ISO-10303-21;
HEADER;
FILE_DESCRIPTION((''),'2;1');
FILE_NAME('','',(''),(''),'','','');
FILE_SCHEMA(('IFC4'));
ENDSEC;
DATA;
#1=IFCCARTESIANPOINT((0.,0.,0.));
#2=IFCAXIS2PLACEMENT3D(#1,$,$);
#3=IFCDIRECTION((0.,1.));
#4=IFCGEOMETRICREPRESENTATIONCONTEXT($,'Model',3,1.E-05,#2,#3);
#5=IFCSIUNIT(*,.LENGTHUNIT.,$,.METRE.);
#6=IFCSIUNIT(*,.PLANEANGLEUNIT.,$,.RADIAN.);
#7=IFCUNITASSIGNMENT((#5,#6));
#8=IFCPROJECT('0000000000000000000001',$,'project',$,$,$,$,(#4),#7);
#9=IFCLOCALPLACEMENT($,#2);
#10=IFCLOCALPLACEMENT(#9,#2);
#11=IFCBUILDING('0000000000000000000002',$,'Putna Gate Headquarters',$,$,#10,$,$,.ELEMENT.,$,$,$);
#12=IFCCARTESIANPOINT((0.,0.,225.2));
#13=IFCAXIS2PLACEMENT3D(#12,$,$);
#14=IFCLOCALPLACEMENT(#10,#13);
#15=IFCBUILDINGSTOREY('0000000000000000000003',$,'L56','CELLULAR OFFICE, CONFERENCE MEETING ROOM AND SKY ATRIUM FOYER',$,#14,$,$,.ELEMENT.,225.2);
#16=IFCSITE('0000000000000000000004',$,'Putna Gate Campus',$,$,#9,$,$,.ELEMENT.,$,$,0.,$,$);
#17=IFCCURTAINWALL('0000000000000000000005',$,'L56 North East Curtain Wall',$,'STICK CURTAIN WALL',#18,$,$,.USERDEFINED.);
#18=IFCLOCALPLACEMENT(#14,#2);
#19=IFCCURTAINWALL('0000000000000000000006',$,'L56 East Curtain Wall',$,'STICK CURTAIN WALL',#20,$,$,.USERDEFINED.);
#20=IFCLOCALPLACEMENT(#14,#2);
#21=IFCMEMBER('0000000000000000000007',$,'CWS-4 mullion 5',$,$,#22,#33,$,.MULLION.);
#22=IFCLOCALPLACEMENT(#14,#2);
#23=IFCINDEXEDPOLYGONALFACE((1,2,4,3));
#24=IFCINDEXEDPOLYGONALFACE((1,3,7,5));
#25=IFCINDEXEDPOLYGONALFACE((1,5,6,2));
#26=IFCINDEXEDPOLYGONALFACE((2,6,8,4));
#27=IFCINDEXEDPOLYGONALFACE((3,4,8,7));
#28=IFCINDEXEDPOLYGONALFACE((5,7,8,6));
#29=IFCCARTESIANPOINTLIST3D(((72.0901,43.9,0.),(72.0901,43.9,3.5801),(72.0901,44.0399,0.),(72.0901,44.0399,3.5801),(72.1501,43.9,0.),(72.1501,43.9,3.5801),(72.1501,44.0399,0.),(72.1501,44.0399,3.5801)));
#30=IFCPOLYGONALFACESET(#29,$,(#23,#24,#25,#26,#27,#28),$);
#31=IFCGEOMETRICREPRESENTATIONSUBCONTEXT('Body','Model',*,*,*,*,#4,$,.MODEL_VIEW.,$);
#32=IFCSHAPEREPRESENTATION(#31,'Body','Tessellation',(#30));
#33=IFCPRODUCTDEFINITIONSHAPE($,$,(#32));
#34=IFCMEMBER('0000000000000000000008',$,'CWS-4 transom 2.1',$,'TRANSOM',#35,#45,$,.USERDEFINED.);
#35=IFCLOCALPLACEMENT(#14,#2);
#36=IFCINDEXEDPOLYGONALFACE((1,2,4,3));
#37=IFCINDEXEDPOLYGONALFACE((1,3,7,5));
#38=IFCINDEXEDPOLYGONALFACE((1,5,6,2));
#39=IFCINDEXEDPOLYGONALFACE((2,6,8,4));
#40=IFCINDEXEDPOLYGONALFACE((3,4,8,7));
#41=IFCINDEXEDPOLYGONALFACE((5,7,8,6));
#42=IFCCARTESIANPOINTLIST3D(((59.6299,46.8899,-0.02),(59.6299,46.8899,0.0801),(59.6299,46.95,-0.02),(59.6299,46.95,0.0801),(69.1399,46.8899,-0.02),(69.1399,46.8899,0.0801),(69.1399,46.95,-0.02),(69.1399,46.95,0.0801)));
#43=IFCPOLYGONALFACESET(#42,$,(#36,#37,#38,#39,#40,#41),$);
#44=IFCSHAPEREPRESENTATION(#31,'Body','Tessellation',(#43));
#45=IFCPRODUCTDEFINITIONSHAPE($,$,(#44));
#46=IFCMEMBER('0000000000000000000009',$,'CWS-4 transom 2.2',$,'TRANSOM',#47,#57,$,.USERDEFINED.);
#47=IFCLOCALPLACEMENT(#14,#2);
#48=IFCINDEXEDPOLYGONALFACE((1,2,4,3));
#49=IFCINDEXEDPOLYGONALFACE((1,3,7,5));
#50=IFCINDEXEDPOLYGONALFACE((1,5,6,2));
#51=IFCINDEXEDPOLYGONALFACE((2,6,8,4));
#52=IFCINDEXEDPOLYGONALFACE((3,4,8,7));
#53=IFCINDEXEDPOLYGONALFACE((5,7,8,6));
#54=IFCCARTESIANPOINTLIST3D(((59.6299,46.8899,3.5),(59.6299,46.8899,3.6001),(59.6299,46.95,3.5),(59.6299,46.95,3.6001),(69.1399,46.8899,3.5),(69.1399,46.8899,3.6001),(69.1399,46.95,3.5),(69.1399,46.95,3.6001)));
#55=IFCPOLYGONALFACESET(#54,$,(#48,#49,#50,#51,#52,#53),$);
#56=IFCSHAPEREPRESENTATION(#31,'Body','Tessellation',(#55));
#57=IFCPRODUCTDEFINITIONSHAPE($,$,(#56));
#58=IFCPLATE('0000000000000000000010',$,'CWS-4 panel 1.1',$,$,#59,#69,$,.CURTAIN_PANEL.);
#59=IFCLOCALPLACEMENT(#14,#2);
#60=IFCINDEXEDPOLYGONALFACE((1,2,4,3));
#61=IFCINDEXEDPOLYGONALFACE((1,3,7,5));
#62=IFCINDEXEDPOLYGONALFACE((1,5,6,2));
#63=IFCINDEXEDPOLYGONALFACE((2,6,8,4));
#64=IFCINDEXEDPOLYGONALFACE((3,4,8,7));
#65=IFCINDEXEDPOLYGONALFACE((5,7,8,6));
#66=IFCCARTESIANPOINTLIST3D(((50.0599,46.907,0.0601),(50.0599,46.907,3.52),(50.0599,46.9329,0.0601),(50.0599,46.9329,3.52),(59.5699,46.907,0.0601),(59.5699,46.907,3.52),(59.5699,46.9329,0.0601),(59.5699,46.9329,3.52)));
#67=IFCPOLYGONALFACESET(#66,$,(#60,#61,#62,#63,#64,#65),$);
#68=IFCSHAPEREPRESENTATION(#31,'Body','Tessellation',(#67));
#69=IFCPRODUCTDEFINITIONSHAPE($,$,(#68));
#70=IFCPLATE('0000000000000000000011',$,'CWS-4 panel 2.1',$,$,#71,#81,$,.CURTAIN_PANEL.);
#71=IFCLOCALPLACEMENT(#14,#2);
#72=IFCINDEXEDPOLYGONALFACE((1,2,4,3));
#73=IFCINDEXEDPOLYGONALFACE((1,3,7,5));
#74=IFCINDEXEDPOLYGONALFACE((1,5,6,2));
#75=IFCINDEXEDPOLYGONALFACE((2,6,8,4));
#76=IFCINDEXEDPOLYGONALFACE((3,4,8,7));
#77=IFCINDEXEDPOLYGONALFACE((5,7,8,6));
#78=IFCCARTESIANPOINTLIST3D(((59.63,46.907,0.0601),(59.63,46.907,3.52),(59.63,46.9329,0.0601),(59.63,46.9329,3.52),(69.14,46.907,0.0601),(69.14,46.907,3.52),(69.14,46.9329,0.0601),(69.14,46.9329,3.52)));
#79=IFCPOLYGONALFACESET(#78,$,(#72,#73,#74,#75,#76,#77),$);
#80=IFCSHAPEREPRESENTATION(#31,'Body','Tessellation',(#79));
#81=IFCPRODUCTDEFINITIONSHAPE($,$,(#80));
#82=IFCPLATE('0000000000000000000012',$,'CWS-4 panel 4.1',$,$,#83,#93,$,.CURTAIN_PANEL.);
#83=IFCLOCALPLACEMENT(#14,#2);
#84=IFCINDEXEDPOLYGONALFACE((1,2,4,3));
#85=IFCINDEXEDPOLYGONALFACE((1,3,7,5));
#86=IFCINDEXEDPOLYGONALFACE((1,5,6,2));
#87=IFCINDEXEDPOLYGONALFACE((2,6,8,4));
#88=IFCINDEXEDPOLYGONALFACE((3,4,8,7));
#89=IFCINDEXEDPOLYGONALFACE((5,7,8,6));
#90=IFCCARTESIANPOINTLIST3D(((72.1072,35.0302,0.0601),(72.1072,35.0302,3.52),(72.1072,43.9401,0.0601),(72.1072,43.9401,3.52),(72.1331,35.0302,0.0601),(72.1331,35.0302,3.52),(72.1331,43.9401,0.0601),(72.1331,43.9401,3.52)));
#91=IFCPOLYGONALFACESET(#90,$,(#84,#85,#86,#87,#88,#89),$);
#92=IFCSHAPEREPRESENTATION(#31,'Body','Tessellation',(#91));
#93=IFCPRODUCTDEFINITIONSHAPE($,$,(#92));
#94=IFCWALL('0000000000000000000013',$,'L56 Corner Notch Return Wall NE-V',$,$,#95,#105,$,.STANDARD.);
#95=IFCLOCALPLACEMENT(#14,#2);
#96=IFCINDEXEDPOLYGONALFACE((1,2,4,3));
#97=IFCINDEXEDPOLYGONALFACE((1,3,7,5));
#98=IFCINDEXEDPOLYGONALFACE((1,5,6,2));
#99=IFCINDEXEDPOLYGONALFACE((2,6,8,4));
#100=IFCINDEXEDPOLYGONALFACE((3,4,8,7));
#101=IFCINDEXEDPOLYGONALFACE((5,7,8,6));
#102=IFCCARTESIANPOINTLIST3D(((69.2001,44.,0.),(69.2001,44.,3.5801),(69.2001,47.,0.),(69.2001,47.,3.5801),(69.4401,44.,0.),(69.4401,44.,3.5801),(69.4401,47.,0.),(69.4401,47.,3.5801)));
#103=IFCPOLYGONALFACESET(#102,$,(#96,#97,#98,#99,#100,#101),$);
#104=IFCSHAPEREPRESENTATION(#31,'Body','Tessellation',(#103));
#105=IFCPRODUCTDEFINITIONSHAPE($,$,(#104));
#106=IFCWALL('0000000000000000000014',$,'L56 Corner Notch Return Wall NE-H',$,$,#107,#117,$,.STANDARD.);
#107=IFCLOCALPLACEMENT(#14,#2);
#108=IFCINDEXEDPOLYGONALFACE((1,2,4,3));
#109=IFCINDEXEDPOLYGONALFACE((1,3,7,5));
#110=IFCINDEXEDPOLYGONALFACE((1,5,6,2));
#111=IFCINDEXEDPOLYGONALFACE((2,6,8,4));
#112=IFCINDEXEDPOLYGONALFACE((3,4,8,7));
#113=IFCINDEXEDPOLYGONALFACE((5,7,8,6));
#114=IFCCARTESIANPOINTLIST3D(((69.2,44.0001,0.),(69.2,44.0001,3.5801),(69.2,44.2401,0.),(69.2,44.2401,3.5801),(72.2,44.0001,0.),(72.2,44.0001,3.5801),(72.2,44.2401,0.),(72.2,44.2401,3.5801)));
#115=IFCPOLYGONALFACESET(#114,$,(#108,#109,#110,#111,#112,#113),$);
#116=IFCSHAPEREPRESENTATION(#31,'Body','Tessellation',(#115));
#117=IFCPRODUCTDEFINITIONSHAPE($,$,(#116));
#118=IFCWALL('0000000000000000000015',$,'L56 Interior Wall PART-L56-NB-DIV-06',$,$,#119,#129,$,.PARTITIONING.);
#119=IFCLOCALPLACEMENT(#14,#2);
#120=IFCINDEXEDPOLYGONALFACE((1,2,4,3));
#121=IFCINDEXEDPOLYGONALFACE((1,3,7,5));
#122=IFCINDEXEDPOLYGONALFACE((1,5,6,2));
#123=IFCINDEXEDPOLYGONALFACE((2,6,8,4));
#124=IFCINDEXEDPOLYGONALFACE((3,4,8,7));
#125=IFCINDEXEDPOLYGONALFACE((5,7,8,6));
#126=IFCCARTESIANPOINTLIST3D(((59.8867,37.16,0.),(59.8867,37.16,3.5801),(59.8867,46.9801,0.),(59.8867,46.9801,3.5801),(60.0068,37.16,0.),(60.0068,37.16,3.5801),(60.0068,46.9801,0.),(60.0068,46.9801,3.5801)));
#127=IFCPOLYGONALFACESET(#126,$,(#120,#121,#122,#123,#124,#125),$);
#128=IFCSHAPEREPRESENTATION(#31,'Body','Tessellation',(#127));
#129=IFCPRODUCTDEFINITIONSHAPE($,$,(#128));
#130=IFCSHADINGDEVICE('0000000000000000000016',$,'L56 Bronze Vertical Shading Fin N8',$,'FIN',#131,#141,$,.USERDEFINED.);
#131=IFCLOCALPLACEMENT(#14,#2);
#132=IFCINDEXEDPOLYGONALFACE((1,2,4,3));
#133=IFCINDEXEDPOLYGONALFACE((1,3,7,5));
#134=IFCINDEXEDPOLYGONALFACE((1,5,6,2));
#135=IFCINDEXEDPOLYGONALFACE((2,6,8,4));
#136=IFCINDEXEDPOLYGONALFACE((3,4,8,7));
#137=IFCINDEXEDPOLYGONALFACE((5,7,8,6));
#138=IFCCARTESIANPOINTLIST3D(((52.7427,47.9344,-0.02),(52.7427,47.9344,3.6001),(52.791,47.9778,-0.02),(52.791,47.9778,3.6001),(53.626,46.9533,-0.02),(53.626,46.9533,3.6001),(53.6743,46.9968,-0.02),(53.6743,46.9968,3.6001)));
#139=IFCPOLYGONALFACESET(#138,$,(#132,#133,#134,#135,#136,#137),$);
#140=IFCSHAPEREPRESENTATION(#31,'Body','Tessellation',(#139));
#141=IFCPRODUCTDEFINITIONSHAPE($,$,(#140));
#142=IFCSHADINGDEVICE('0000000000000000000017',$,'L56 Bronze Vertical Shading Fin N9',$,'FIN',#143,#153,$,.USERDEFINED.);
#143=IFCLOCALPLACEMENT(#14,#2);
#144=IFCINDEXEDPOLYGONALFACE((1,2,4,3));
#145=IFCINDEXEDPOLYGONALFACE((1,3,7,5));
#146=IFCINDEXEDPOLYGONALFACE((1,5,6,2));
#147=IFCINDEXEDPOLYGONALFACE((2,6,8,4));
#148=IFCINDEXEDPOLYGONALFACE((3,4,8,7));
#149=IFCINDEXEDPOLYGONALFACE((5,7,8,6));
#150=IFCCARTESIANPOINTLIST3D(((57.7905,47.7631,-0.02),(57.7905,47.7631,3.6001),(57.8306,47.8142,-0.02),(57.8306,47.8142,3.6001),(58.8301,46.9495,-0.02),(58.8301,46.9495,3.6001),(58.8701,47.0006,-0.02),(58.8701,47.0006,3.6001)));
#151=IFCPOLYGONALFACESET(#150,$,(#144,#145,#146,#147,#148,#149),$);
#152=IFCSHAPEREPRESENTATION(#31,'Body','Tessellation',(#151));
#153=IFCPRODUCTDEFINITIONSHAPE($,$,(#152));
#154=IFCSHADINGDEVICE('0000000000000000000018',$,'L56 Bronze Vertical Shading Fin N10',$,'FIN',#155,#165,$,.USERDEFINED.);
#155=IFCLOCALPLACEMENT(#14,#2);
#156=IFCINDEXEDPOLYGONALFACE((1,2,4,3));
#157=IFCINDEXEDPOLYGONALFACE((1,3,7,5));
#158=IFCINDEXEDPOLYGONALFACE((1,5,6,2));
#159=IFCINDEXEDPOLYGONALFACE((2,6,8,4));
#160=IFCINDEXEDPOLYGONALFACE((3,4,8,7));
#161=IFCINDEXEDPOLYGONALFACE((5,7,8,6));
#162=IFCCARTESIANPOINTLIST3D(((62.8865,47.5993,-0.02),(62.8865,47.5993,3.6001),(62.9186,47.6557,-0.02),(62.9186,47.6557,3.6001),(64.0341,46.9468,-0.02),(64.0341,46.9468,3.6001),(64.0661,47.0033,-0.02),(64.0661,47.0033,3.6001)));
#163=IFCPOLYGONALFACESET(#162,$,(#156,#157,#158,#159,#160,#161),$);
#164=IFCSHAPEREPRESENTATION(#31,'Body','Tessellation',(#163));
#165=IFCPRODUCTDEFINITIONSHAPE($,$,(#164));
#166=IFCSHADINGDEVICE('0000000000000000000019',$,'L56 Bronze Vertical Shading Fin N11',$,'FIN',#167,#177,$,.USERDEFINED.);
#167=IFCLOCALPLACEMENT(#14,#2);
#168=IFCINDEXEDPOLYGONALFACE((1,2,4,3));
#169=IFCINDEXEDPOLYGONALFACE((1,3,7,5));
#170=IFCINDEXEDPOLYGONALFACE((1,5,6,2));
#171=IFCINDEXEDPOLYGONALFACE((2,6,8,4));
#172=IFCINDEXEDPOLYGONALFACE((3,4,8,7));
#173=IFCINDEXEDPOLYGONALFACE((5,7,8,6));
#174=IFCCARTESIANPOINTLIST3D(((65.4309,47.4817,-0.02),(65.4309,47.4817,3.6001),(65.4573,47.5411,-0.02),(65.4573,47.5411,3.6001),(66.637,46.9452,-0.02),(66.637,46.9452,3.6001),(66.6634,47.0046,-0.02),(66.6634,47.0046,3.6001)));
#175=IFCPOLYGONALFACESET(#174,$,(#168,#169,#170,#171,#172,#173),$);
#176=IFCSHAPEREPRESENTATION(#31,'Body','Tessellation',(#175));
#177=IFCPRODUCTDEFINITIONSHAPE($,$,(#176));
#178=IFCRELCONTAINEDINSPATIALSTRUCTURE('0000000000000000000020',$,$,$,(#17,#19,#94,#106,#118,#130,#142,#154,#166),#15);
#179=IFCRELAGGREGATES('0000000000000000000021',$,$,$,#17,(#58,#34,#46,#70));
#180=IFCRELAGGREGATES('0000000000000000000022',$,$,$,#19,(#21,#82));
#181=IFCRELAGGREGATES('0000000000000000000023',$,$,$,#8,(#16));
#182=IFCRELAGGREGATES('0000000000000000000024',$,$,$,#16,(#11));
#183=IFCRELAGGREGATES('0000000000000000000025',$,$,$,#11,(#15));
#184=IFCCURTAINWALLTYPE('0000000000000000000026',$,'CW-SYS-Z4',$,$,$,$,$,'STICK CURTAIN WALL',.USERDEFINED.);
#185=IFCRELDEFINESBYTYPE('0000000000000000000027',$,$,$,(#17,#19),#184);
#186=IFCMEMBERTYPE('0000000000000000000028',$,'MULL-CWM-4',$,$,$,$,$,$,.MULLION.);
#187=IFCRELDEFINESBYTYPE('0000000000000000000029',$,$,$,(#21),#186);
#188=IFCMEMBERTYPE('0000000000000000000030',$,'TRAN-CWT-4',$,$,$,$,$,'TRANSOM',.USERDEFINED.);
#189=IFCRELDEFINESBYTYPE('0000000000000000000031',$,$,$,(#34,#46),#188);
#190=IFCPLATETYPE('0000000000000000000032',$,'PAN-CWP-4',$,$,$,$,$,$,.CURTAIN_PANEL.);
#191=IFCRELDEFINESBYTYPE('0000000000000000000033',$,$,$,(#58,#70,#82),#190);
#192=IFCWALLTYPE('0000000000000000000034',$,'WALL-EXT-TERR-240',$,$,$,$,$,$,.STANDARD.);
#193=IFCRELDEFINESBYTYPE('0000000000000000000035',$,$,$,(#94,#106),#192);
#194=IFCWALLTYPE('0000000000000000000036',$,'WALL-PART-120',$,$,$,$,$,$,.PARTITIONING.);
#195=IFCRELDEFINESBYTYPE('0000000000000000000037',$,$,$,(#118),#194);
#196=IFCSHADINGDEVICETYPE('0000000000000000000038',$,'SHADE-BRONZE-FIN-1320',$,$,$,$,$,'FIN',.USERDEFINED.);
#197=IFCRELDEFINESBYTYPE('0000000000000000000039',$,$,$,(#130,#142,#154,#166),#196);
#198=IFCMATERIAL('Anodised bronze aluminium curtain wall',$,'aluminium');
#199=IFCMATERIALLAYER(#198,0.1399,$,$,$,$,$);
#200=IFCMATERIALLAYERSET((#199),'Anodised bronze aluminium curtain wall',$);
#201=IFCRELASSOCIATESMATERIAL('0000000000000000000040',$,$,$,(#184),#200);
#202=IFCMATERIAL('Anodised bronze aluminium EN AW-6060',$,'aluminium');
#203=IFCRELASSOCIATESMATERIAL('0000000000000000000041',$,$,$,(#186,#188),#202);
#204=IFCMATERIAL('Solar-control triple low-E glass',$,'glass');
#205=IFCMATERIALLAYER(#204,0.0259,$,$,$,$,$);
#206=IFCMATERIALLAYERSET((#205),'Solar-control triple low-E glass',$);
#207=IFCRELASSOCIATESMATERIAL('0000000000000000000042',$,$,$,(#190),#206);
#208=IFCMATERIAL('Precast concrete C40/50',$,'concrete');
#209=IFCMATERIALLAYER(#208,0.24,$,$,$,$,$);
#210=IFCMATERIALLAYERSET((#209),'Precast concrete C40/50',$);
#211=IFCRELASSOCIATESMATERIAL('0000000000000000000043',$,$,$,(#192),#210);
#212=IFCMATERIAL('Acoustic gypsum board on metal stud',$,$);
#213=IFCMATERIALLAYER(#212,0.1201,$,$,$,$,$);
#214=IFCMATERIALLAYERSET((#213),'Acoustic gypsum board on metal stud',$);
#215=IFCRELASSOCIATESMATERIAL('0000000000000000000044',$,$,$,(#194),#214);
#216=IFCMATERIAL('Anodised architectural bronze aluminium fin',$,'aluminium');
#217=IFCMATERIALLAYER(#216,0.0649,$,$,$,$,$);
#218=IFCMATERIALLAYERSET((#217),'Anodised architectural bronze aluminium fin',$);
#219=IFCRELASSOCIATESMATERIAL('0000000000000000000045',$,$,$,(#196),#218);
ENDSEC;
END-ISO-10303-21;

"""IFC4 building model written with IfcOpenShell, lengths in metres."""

from ifc_helpers import new_model, si_unit, direction, frame, frame_2d, origin, origin_2d, place, context, subcontext, project, spatial, rectangle, extrude, material, layer, layer_set, material_profile, profile_set, type_object, element, aggregate, save


model = new_model("IFC4")

# Units and contexts
model_context = context("Model", 3, precision=1e-05, world=origin(), true_north=direction((0.0, 1.0)))
body_context = subcontext(model_context, "Body", "Model", "MODEL_VIEW")
ifc_project = project(units=[si_unit("LENGTHUNIT", "METRE"), si_unit("PLANEANGLEUNIT", "RADIAN")], contexts=[model_context])

# Site, building, storey
site_placement = place(None, origin())
site = spatial("IfcSite", under=ifc_project, at=site_placement, Name="Putna Gate Campus", CompositionType="ELEMENT", RefElevation=0.0)
building_placement = place(site_placement, origin())
building = spatial("IfcBuilding", under=site, at=building_placement, Name="Putna Gate Headquarters", CompositionType="ELEMENT")
storey_placement = place(building_placement, frame((0.0, 0.0, 225.2)))
storey = spatial("IfcBuildingStorey", under=building, at=storey_placement, Name="L56", Description="CELLULAR OFFICE, CONFERENCE MEETING ROOM AND SKY ATRIUM FOYER", CompositionType="ELEMENT", Elevation=225.2)

# Curtain wall
ifc_material_1 = material(Name="Anodised bronze aluminium curtain wall", Category="aluminium")
ifc_layer_1 = layer(ifc_material_1, 0.1399)
ifc_layer_set_1 = layer_set([ifc_layer_1], Name="Anodised bronze aluminium curtain wall")
curtain_wall_type = type_object("IfcCurtainWallType", Name="CW-SYS-Z4", ElementType="STICK CURTAIN WALL", PredefinedType="USERDEFINED", material=ifc_layer_set_1)
curtain_wall_1_placement = place(storey_placement, origin())
curtain_wall_1 = element("IfcCurtainWall", 1, at=curtain_wall_1_placement, inside=storey, type_object=curtain_wall_type, Name="L56 North East Curtain Wall", ObjectType="STICK CURTAIN WALL", PredefinedType="USERDEFINED")
ifc_material_2 = material(Name="Anodised bronze aluminium EN AW-6060", Category="aluminium")
ifc_material_profile_1 = material_profile(ifc_material_2, rectangle(XDim=0.0601, YDim=0.1399, at=origin_2d()), Name="Anodised bronze aluminium EN AW-6060")
ifc_profile_set_1 = profile_set([ifc_material_profile_1], Name="Anodised bronze aluminium EN AW-6060")
member_type_1 = type_object("IfcMemberType", Name="MULL-CWM-4", PredefinedType="MULLION", material=ifc_profile_set_1)

# Curtain wall, member
curtain_wall_2_placement = place(storey_placement, origin())
curtain_wall_2 = element("IfcCurtainWall", 2, at=curtain_wall_2_placement, inside=storey, type_object=curtain_wall_type, Name="L56 East Curtain Wall", ObjectType="STICK CURTAIN WALL", PredefinedType="USERDEFINED")
member_1_placement = place(storey_placement, frame((72.1201, 43.97, 0.0), z_axis=(0.0, 0.0, 1.0), x_axis=(-1.0, 0.0, 0.0)))
member_1 = element("IfcMember", 3, at=member_1_placement, type_object=member_type_1, Name="CWS-4 mullion 5", PredefinedType="MULLION", context=body_context, shape_type="SweptSolid", body=[
    extrude(rectangle(XDim=0.0601, YDim=0.1399, at=origin_2d()), origin(), (0.0, 0.0, 1.0), 3.5801),
])

# Members
ifc_material_profile_2 = material_profile(ifc_material_2, rectangle(XDim=0.0601, YDim=0.1001, at=origin_2d()), Name="Anodised bronze aluminium EN AW-6060")
ifc_profile_set_2 = profile_set([ifc_material_profile_2], Name="Anodised bronze aluminium EN AW-6060")
member_type_2 = type_object("IfcMemberType", Name="TRAN-CWT-4", ElementType="TRANSOM", PredefinedType="USERDEFINED", material=ifc_profile_set_2)
member_2_placement = place(storey_placement, frame((59.6299, 46.9199, 0.03), z_axis=(1.0, 0.0, 0.0), x_axis=(0.0, 1.0, 0.0)))
member_2 = element("IfcMember", 4, at=member_2_placement, type_object=member_type_2, Name="CWS-4 transom 2.1", ObjectType="TRANSOM", PredefinedType="USERDEFINED", context=body_context, shape_type="SweptSolid", body=[
    extrude(rectangle(XDim=0.0601, YDim=0.1001, at=origin_2d()), origin(), (0.0, 0.0, 1.0), 9.51),
])
member_3_placement = place(storey_placement, frame((59.6299, 46.9199, 3.55), z_axis=(1.0, 0.0, 0.0), x_axis=(0.0, 1.0, 0.0)))
member_3 = element("IfcMember", 5, at=member_3_placement, type_object=member_type_2, Name="CWS-4 transom 2.2", ObjectType="TRANSOM", PredefinedType="USERDEFINED", context=body_context, shape_type="SweptSolid", body=[
    extrude(rectangle(XDim=0.0601, YDim=0.1001, at=origin_2d()), origin(), (0.0, 0.0, 1.0), 9.51),
])

# Plates
ifc_material_3 = material(Name="Solar-control triple low-E glass", Category="glass")
ifc_layer_2 = layer(ifc_material_3, 0.0259)
ifc_layer_set_2 = layer_set([ifc_layer_2], Name="Solar-control triple low-E glass")
plate_type = type_object("IfcPlateType", Name="PAN-CWP-4", PredefinedType="CURTAIN_PANEL", material=ifc_layer_set_2)
plate_1_placement = place(storey_placement, frame((54.8149, 46.9199, 0.0601), z_axis=(0.0, 0.0, 1.0), x_axis=(1.0, 0.0, 0.0)))
plate_1 = element("IfcPlate", 6, at=plate_1_placement, type_object=plate_type, Name="CWS-4 panel 1.1", PredefinedType="CURTAIN_PANEL", context=body_context, shape_type="SweptSolid", body=[
    extrude(rectangle(XDim=9.51, YDim=0.0259, at=origin_2d()), origin(), (0.0, 0.0, 1.0), 3.46),
])
plate_2_placement = place(storey_placement, frame((64.385, 46.9199, 0.0601), z_axis=(0.0, 0.0, 1.0), x_axis=(1.0, 0.0, 0.0)))
plate_2 = element("IfcPlate", 7, at=plate_2_placement, type_object=plate_type, Name="CWS-4 panel 2.1", PredefinedType="CURTAIN_PANEL", context=body_context, shape_type="SweptSolid", body=[
    extrude(rectangle(XDim=9.51, YDim=0.0259, at=origin_2d()), origin(), (0.0, 0.0, 1.0), 3.46),
])
aggregate(curtain_wall_1, [plate_1, member_2, member_3, plate_2])
plate_3_placement = place(storey_placement, frame((72.1201, 39.4851, 0.0601), z_axis=(0.0, 0.0, 1.0), x_axis=(0.0, 1.0, 0.0)))
plate_3 = element("IfcPlate", 8, at=plate_3_placement, type_object=plate_type, Name="CWS-4 panel 4.1", PredefinedType="CURTAIN_PANEL", context=body_context, shape_type="SweptSolid", body=[
    extrude(rectangle(XDim=8.9099, YDim=0.0259, at=origin_2d()), origin(), (0.0, 0.0, 1.0), 3.46),
])
aggregate(curtain_wall_2, [member_1, plate_3])

# Walls
ifc_material_4 = material(Name="Precast concrete C40/50", Category="concrete")
ifc_layer_3 = layer(ifc_material_4, 0.24)
ifc_layer_set_3 = layer_set([ifc_layer_3], Name="Precast concrete C40/50")
wall_type_1 = type_object("IfcWallType", Name="WALL-EXT-TERR-240", PredefinedType="STANDARD", material=ifc_layer_set_3)
for number, where, z_axis, x_axis, name in (
    (9, (69.3201, 47.0, 0.0), (0.0, 0.0, 1.0), (0.0, -1.0, 0.0), "L56 Corner Notch Return Wall NE-V"),
    (10, (69.2, 44.1201, 0.0), (0.0, 0.0, 1.0), (1.0, 0.0, 0.0), "L56 Corner Notch Return Wall NE-H"),
):
    element("IfcWall", number, at=place(storey_placement, frame(where, z_axis=z_axis, x_axis=x_axis)), inside=storey, type_object=wall_type_1, Name=name, PredefinedType="STANDARD", context=body_context, shape_type="SweptSolid", body=[
        extrude(rectangle(XDim=3.0, YDim=0.24, at=frame_2d((1.5, 0.0))), origin(), (0.0, 0.0, 1.0), 3.5801),
    ])
ifc_material_5 = material(Name="Acoustic gypsum board on metal stud")
ifc_layer_4 = layer(ifc_material_5, 0.1201)
ifc_layer_set_4 = layer_set([ifc_layer_4], Name="Acoustic gypsum board on metal stud")
wall_type_2 = type_object("IfcWallType", Name="WALL-PART-120", PredefinedType="PARTITIONING", material=ifc_layer_set_4)
wall_placement = place(storey_placement, frame((59.9468, 37.1599, 0.0), z_axis=(0.0, 0.0, 1.0), x_axis=(0.0, 1.0, 0.0)))
element("IfcWall", 11, at=wall_placement, inside=storey, type_object=wall_type_2, Name="L56 Interior Wall PART-L56-NB-DIV-06", PredefinedType="PARTITIONING", context=body_context, shape_type="SweptSolid", body=[
    extrude(rectangle(XDim=9.8201, YDim=0.1201, at=frame_2d((4.9102, 0.0))), origin(), (0.0, 0.0, 1.0), 3.5801),
])

# Shading devices
ifc_material_6 = material(Name="Anodised architectural bronze aluminium fin", Category="aluminium")
ifc_layer_5 = layer(ifc_material_6, 0.0649)
ifc_layer_set_5 = layer_set([ifc_layer_5], Name="Anodised architectural bronze aluminium fin")
shading_device_type = type_object("IfcShadingDeviceType", Name="SHADE-BRONZE-FIN-1320", ElementType="FIN", PredefinedType="USERDEFINED", material=ifc_layer_set_5)
for number, where, z_axis, x_axis, name in (
    (12, (53.2085, 47.4656, -0.02), (0.0, 0.0, 1.0), (-0.669131, 0.743145, 0.0), "L56 Bronze Vertical Shading Fin N8"),
    (13, (58.3303, 47.3818, -0.02), (0.0, 0.0, 1.0), (-0.787473, 0.616349, 0.0), "L56 Bronze Vertical Shading Fin N9"),
    (14, (63.4763, 47.3013, -0.02), (0.0, 0.0, 1.0), (-0.869322, 0.494245, 0.0), "L56 Bronze Vertical Shading Fin N10"),
    (15, (66.0471, 47.2432, -0.02), (0.0, 0.0, 1.0), (-0.913687, 0.406418, 0.0), "L56 Bronze Vertical Shading Fin N11"),
):
    element("IfcShadingDevice", number, at=place(storey_placement, frame(where, z_axis=z_axis, x_axis=x_axis)), inside=storey, type_object=shading_device_type, Name=name, ObjectType="FIN", PredefinedType="USERDEFINED", context=body_context, shape_type="SweptSolid", body=[
        extrude(rectangle(XDim=1.3201, YDim=0.0649, at=origin_2d()), origin(), (0.0, 0.0, 1.0), 3.6201),
    ])

save(model, "model.ifc")
